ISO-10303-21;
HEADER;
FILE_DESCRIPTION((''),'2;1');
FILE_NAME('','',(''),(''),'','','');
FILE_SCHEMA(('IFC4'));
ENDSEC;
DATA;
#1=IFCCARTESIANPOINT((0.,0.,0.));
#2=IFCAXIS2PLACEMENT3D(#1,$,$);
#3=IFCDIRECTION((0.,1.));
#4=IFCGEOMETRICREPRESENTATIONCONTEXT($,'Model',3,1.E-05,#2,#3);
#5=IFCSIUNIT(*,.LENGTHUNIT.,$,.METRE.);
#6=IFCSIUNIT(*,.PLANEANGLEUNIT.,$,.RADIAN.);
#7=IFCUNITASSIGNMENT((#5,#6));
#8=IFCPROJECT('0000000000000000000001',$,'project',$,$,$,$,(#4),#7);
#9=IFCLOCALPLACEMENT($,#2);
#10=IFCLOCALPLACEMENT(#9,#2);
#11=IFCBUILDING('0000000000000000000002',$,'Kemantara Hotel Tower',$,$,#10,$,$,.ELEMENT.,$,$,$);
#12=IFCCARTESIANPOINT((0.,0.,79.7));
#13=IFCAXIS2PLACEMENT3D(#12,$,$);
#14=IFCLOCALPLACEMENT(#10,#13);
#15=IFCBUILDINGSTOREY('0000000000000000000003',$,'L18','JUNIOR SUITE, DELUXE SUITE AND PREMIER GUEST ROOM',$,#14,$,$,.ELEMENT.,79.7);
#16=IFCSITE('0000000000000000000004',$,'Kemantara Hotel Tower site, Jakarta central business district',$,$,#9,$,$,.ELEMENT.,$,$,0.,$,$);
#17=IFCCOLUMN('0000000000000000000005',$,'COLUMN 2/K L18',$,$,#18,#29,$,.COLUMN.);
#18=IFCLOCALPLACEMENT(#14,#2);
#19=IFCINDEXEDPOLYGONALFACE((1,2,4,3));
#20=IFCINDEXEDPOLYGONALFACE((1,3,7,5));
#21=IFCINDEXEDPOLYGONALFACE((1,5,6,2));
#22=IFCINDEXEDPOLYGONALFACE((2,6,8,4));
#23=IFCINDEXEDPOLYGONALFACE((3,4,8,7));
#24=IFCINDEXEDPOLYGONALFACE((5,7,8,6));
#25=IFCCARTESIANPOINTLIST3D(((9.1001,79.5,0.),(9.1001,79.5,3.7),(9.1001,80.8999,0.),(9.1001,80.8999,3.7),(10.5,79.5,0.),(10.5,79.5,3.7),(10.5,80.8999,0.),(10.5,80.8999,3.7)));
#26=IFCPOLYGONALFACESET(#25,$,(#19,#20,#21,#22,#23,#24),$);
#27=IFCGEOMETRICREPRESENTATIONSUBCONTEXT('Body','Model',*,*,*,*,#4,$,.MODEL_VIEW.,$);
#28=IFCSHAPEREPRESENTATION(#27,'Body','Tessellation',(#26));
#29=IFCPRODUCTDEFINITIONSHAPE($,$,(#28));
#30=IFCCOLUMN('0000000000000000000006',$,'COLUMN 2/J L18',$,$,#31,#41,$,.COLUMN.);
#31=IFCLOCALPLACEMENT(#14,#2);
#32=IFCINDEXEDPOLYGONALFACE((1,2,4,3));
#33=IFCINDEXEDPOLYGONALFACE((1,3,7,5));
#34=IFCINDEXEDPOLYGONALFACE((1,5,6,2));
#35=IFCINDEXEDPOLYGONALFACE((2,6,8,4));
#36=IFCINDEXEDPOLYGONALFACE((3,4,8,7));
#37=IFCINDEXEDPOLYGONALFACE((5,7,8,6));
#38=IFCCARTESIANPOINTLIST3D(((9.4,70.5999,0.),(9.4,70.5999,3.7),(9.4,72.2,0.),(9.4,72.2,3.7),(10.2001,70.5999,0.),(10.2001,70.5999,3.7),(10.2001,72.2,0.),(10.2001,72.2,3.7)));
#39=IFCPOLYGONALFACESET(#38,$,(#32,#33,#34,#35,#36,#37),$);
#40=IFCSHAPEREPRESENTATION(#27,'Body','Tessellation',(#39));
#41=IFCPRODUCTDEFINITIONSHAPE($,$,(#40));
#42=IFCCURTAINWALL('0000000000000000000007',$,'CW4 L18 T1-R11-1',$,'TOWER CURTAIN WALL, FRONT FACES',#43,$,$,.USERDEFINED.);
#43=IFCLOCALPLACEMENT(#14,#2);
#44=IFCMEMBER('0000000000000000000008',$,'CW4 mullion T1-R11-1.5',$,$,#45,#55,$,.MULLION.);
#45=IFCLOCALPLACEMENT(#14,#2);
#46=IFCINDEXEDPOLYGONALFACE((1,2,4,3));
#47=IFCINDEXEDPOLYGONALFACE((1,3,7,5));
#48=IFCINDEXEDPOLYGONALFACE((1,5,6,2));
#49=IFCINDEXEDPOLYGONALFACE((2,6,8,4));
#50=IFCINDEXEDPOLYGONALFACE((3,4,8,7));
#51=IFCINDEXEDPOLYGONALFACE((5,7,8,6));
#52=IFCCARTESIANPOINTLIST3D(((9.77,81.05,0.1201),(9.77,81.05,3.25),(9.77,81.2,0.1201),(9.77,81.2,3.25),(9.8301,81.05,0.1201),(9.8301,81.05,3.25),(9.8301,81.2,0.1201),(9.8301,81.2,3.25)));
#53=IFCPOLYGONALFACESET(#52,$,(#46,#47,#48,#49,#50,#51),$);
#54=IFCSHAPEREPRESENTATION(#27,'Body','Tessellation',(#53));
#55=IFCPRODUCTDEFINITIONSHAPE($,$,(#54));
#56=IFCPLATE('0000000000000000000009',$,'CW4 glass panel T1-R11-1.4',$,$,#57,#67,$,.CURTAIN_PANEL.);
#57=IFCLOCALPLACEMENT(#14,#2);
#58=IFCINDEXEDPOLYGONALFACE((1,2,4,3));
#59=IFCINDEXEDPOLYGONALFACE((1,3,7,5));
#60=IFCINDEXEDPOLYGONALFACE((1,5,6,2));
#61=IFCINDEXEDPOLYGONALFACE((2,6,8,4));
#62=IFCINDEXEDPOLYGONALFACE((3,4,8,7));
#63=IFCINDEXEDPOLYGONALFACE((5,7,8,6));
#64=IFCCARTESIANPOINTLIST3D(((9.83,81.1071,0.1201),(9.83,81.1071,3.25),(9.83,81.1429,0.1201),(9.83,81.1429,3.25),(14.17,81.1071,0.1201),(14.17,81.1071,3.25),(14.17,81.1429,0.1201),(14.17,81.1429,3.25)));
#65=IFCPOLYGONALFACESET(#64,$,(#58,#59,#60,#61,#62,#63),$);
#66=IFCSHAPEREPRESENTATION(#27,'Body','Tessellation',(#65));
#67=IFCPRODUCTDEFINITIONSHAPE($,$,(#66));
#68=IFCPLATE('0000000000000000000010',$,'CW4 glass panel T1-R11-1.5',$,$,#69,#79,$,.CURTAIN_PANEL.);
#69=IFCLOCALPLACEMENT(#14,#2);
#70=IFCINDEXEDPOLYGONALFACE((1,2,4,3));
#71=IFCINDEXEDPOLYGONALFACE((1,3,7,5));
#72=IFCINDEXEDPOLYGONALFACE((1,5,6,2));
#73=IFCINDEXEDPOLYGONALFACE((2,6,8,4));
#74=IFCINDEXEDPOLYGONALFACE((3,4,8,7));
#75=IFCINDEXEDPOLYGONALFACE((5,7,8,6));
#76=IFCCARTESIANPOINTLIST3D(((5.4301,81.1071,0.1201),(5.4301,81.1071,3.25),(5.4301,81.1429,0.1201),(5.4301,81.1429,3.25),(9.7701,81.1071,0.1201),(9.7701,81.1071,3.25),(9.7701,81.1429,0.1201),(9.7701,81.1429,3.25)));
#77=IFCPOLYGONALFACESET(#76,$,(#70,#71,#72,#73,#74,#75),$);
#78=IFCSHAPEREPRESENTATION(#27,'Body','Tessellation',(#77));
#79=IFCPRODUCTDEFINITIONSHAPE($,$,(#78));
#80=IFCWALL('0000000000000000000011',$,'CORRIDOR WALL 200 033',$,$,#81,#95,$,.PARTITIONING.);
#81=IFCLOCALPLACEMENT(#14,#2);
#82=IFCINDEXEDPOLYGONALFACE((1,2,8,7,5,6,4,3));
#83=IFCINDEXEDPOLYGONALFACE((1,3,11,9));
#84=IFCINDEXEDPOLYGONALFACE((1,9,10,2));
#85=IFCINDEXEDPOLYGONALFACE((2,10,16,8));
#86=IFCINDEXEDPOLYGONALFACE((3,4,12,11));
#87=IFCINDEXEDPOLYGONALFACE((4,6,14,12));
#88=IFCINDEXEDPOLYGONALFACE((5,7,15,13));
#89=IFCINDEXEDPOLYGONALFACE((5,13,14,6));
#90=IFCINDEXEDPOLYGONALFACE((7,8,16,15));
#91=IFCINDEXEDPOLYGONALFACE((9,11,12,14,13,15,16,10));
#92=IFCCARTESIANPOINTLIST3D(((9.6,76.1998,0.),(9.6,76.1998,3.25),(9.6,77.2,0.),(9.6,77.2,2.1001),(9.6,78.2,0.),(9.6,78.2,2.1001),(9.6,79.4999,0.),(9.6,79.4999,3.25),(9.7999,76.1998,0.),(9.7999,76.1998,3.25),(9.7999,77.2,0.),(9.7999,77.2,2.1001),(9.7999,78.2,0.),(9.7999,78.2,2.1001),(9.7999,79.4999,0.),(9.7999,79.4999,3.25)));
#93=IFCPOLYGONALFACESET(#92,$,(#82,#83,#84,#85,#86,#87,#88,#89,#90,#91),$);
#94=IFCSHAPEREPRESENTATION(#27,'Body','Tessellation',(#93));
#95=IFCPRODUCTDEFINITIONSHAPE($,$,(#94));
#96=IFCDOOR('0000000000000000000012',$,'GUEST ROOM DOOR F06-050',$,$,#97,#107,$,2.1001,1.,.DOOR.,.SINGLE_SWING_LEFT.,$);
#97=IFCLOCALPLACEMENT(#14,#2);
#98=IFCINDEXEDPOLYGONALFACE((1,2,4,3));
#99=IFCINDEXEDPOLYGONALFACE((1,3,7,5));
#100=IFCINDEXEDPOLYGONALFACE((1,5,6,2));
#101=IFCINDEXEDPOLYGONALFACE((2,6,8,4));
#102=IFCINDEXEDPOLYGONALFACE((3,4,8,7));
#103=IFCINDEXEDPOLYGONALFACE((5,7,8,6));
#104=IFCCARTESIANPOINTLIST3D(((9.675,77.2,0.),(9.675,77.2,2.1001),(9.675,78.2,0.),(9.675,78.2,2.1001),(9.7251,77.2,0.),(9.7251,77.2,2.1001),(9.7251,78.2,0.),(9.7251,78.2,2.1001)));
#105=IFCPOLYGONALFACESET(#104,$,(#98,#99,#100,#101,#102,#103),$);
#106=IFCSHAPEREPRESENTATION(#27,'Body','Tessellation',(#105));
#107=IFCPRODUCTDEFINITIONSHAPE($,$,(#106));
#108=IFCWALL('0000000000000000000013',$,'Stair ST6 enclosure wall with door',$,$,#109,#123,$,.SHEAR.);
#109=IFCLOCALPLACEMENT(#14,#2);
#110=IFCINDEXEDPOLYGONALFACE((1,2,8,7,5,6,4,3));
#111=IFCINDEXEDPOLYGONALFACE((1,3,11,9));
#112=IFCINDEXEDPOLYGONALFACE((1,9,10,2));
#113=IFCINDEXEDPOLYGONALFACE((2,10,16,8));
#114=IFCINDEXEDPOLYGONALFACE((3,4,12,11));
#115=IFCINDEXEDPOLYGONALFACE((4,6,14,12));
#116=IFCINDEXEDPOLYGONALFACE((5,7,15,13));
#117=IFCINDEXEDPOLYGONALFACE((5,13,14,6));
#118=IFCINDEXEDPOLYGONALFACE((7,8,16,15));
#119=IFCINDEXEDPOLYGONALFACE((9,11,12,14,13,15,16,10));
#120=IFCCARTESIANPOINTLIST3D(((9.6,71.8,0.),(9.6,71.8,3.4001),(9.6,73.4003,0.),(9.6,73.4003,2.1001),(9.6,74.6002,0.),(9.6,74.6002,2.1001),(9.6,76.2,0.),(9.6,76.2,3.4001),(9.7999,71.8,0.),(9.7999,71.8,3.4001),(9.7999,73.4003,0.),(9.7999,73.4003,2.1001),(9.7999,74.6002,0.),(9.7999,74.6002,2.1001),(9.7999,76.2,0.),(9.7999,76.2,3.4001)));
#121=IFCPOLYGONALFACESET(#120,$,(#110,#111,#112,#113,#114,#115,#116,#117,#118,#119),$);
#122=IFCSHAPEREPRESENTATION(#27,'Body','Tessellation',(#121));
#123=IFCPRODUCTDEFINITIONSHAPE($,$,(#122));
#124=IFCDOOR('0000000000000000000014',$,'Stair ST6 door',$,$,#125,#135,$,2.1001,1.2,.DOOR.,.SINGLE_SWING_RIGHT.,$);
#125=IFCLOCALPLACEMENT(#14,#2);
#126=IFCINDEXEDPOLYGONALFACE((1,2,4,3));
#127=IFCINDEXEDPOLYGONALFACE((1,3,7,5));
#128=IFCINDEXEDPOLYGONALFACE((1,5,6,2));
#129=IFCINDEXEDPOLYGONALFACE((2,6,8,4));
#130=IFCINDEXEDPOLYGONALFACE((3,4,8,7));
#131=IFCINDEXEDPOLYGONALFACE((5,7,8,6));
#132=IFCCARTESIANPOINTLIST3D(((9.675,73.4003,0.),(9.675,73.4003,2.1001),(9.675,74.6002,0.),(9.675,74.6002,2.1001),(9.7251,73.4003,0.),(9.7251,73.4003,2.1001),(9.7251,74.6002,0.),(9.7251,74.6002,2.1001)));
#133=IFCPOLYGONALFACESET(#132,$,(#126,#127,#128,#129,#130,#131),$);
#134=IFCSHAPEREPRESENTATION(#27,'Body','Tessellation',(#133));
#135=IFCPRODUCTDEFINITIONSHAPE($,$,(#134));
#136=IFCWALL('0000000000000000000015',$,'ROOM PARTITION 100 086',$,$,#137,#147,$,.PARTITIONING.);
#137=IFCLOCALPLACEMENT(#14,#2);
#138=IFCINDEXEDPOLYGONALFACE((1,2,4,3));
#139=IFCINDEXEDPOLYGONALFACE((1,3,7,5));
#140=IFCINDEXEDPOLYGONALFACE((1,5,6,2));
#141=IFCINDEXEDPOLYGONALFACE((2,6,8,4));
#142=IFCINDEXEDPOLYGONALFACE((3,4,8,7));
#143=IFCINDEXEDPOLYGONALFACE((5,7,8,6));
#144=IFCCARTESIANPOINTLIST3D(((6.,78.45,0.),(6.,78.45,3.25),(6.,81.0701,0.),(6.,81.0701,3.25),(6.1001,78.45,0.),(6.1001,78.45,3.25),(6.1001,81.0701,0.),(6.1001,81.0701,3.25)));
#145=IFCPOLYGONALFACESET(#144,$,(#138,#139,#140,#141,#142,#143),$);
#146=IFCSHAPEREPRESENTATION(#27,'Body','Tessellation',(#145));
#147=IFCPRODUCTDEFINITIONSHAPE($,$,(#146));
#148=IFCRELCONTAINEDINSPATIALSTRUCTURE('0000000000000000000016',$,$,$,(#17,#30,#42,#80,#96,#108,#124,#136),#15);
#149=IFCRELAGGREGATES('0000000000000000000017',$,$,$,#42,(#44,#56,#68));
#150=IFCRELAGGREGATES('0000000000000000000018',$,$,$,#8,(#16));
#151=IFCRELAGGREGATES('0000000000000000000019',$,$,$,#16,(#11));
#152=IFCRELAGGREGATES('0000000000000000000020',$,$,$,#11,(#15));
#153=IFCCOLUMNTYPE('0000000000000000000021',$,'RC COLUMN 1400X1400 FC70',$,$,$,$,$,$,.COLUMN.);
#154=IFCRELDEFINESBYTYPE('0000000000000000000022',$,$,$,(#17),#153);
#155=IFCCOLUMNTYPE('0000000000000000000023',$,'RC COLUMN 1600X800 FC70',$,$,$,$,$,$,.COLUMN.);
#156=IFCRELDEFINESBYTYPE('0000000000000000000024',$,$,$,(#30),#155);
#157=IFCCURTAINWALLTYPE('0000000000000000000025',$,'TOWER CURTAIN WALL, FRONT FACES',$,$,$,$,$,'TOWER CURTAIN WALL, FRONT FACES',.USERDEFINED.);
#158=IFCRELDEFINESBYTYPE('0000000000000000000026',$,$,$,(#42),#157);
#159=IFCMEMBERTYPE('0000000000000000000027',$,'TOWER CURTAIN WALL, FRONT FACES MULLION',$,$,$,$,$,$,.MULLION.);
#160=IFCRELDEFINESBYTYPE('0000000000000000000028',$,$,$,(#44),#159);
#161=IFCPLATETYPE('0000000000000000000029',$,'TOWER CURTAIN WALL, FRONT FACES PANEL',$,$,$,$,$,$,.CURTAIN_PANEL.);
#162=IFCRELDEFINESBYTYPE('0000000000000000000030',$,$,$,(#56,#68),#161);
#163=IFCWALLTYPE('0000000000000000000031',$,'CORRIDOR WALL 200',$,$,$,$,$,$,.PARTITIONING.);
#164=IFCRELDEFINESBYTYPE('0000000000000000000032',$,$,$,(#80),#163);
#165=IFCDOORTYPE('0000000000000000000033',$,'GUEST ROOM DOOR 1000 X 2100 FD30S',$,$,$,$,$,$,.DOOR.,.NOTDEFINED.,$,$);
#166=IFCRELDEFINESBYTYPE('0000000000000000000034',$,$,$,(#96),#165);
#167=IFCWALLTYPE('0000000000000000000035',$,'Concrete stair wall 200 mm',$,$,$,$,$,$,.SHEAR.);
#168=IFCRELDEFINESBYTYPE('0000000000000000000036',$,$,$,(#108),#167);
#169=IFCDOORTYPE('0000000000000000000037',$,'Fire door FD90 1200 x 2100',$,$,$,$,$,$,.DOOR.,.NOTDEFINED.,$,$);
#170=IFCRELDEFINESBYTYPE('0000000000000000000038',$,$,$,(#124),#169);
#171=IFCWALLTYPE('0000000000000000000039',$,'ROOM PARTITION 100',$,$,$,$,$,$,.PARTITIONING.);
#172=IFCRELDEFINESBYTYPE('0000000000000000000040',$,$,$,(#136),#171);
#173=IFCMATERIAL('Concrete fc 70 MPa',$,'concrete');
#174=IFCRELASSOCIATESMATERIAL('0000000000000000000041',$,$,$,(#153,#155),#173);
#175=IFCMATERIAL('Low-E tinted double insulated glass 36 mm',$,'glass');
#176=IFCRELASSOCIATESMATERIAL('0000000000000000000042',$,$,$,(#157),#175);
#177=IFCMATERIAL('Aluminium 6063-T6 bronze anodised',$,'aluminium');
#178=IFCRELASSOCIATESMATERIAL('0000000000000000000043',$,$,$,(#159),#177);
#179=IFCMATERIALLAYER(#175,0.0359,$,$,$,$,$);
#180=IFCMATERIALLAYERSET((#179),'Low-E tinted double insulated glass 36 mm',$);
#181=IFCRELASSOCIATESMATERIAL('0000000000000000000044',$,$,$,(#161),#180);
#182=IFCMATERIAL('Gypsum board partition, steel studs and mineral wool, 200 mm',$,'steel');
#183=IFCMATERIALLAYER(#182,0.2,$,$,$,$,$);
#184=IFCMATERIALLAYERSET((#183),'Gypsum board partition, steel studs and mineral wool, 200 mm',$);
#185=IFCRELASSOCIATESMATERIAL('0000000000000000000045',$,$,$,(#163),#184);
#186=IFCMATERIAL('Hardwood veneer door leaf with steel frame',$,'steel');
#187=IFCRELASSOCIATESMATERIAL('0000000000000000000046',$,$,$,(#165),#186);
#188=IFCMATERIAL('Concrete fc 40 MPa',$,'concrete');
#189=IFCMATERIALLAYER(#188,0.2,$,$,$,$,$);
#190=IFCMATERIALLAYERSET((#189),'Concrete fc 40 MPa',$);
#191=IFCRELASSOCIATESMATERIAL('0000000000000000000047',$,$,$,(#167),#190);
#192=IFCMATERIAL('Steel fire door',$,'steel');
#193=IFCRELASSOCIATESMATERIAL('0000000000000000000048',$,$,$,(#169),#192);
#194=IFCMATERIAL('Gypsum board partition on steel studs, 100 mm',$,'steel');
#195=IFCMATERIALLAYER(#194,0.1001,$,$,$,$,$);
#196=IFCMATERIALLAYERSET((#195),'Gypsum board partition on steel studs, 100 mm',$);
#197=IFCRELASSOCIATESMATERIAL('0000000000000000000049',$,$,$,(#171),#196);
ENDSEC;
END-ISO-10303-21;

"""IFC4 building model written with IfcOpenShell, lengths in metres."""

from ifc_helpers import new_model, si_unit, direction, frame, frame_2d, origin, origin_2d, place, context, subcontext, project, spatial, rectangle, extrude, source, transform, mapped, material, layer, layer_set, material_profile, profile_set, type_object, element, fill, aggregate, save


model = new_model("IFC4")

# Units and contexts
model_context = context("Model", 3, precision=1e-05, world=origin(), true_north=direction((0.0, 1.0)))
body_context = subcontext(model_context, "Body", "Model", "MODEL_VIEW")
ifc_project = project(units=[si_unit("LENGTHUNIT", "METRE"), si_unit("PLANEANGLEUNIT", "RADIAN")], contexts=[model_context])

# Site, building, storey
site_placement = place(None, origin())
site = spatial("IfcSite", under=ifc_project, at=site_placement, Name="Kemantara Hotel Tower site, Jakarta central business district", CompositionType="ELEMENT", RefElevation=0.0)
building_placement = place(site_placement, origin())
building = spatial("IfcBuilding", under=site, at=building_placement, Name="Kemantara Hotel Tower", CompositionType="ELEMENT")
storey_placement = place(building_placement, frame((0.0, 0.0, 79.7)))
storey = spatial("IfcBuildingStorey", under=building, at=storey_placement, Name="L18", Description="JUNIOR SUITE, DELUXE SUITE AND PREMIER GUEST ROOM", CompositionType="ELEMENT", Elevation=79.7)

# Columns
ifc_material_1 = material(Name="Concrete fc 70 MPa", Category="concrete")
ifc_material_profile_1 = material_profile(ifc_material_1, rectangle(XDim=1.3999, YDim=1.3999, at=origin_2d()), Name="RC 1400X1400")
ifc_profile_set_1 = profile_set([ifc_material_profile_1], Name="Concrete fc 70 MPa")
column_type_1 = type_object("IfcColumnType", Name="RC COLUMN 1400X1400 FC70", PredefinedType="COLUMN", material=ifc_profile_set_1)
column_1_placement = place(storey_placement, frame((9.8, 80.2, 0.0), z_axis=(0.0, 0.0, 1.0), x_axis=(1.0, 0.0, 0.0)))
element("IfcColumn", 1, at=column_1_placement, inside=storey, type_object=column_type_1, Name="COLUMN 2/K L18", PredefinedType="COLUMN", context=body_context, shape_type="SweptSolid", body=[
    extrude(rectangle(XDim=1.3999, YDim=1.3999, at=origin_2d()), origin(), (0.0, 0.0, 1.0), 3.7),
])
ifc_material_profile_2 = material_profile(ifc_material_1, rectangle(XDim=1.6001, YDim=0.8, at=origin_2d()), Name="RC 1600X800")
ifc_profile_set_2 = profile_set([ifc_material_profile_2], Name="Concrete fc 70 MPa")
column_type_2 = type_object("IfcColumnType", Name="RC COLUMN 1600X800 FC70", PredefinedType="COLUMN", material=ifc_profile_set_2)
column_2_placement = place(storey_placement, frame((9.8, 71.3999, 0.0), z_axis=(0.0, 0.0, 1.0), x_axis=(0.0, 1.0, 0.0)))
element("IfcColumn", 2, at=column_2_placement, inside=storey, type_object=column_type_2, Name="COLUMN 2/J L18", PredefinedType="COLUMN", context=body_context, shape_type="SweptSolid", body=[
    extrude(rectangle(XDim=1.6001, YDim=0.8, at=origin_2d()), origin(), (0.0, 0.0, 1.0), 3.7),
])

# Curtain wall, member, plates
ifc_material_2 = material(Name="Low-E tinted double insulated glass 36 mm", Category="glass")
curtain_wall_type = type_object("IfcCurtainWallType", Name="TOWER CURTAIN WALL, FRONT FACES", ElementType="TOWER CURTAIN WALL, FRONT FACES", PredefinedType="USERDEFINED", material=ifc_material_2)
curtain_wall_placement = place(storey_placement, origin())
curtain_wall = element("IfcCurtainWall", 3, at=curtain_wall_placement, inside=storey, type_object=curtain_wall_type, Name="CW4 L18 T1-R11-1", ObjectType="TOWER CURTAIN WALL, FRONT FACES", PredefinedType="USERDEFINED")
ifc_material_3 = material(Name="Aluminium 6063-T6 bronze anodised", Category="aluminium")
ifc_material_profile_3 = material_profile(ifc_material_3, rectangle(XDim=0.1499, YDim=0.0601, at=origin_2d()), Name="TOWER CURTAIN WALL, FRONT FACES MULLION")
ifc_profile_set_3 = profile_set([ifc_material_profile_3], Name="Aluminium 6063-T6 bronze anodised")
member_type = type_object("IfcMemberType", Name="TOWER CURTAIN WALL, FRONT FACES MULLION", PredefinedType="MULLION", material=ifc_profile_set_3)
shared_shape_1 = source(origin(), body_context, "Body", "SweptSolid", [
    extrude(rectangle(XDim=0.1499, YDim=0.0601, at=origin_2d()), origin(), (0.0, 0.0, 1.0), 3.1299),
])
member_placement = place(storey_placement, frame((9.8, 81.125, 0.1201), z_axis=(0.0, 0.0, 1.0), x_axis=(0.0, -1.0, 0.0)))
member = element("IfcMember", 4, at=member_placement, type_object=member_type, Name="CW4 mullion T1-R11-1.5", PredefinedType="MULLION", context=body_context, shape_type="MappedRepresentation", body=[
    mapped(shared_shape_1, transform((0.0, 0.0, 0.0))),
])
ifc_layer_1 = layer(ifc_material_2, 0.0359)
ifc_layer_set_1 = layer_set([ifc_layer_1], Name="Low-E tinted double insulated glass 36 mm")
plate_type = type_object("IfcPlateType", Name="TOWER CURTAIN WALL, FRONT FACES PANEL", PredefinedType="CURTAIN_PANEL", material=ifc_layer_set_1)
shared_shape_2 = source(origin(), body_context, "Body", "SweptSolid", [
    extrude(rectangle(XDim=4.3401, YDim=0.0359, at=origin_2d()), origin(), (0.0, 0.0, 1.0), 3.1299),
])
plate_1_placement = place(storey_placement, frame((12.0, 81.125, 0.1201), z_axis=(0.0, 0.0, 1.0), x_axis=(-1.0, 0.0, 0.0)))
plate_1 = element("IfcPlate", 5, at=plate_1_placement, type_object=plate_type, Name="CW4 glass panel T1-R11-1.4", PredefinedType="CURTAIN_PANEL", context=body_context, shape_type="MappedRepresentation", body=[
    mapped(shared_shape_2, transform((0.0, 0.0, 0.0))),
])
plate_2_placement = place(storey_placement, frame((7.6001, 81.125, 0.1201), z_axis=(0.0, 0.0, 1.0), x_axis=(-1.0, 0.0, 0.0)))
plate_2 = element("IfcPlate", 6, at=plate_2_placement, type_object=plate_type, Name="CW4 glass panel T1-R11-1.5", PredefinedType="CURTAIN_PANEL", context=body_context, shape_type="MappedRepresentation", body=[
    mapped(shared_shape_2, transform((0.0, 0.0, 0.0))),
])
aggregate(curtain_wall, [member, plate_1, plate_2])

# Walls, openings, doors
ifc_material_4 = material(Name="Gypsum board partition, steel studs and mineral wool, 200 mm", Category="steel")
ifc_layer_2 = layer(ifc_material_4, 0.2)
ifc_layer_set_2 = layer_set([ifc_layer_2], Name="Gypsum board partition, steel studs and mineral wool, 200 mm")
wall_type_1 = type_object("IfcWallType", Name="CORRIDOR WALL 200", PredefinedType="PARTITIONING", material=ifc_layer_set_2)
wall_1_placement = place(storey_placement, frame((9.7, 76.2, 0.0), z_axis=(0.0, 0.0, 1.0), x_axis=(0.0, 1.0, 0.0)))
wall_1 = element("IfcWall", 7, at=wall_1_placement, inside=storey, type_object=wall_type_1, Name="CORRIDOR WALL 200 033", PredefinedType="PARTITIONING", context=body_context, shape_type="SweptSolid", body=[
    extrude(rectangle(XDim=3.3, YDim=0.2, at=frame_2d((1.6499, 0.0))), origin(), (0.0, 0.0, 1.0), 3.25),
])
opening_1_placement = place(wall_1_placement, frame((1.0, 0.0, 0.0)))
opening_1 = element("IfcOpeningElement", 8, at=opening_1_placement, cuts=wall_1, PredefinedType="OPENING", context=body_context, shape_type="SweptSolid", body=[
    extrude(rectangle(XDim=1.0, YDim=2.1001, at=frame_2d((0.5, 1.05))), frame((0.0, 0.1099, 0.0), z_axis=(0.0, -1.0, 0.0), x_axis=(1.0, 0.0, 0.0)), (0.0, 0.0, 1.0), 0.22),
])
ifc_material_5 = material(Name="Hardwood veneer door leaf with steel frame", Category="steel")
door_type_1 = type_object("IfcDoorType", Name="GUEST ROOM DOOR 1000 X 2100 FD30S", OperationType="NOTDEFINED", PredefinedType="DOOR", material=ifc_material_5)
door_1_placement = place(opening_1_placement, origin())
door_1 = element("IfcDoor", 9, at=door_1_placement, inside=storey, type_object=door_type_1, Name="GUEST ROOM DOOR F06-050", OperationType="SINGLE_SWING_LEFT", OverallHeight=2.1001, OverallWidth=1.0, PredefinedType="DOOR", context=body_context, shape_type="SweptSolid", body=[
    extrude(rectangle(XDim=1.0, YDim=2.1001, at=frame_2d((0.5, 1.05))), frame((0.0, 0.0249, 0.0), z_axis=(0.0, -1.0, 0.0), x_axis=(1.0, 0.0, 0.0)), (0.0, 0.0, 1.0), 0.05),
])
fill(opening_1, door_1)
ifc_material_6 = material(Name="Concrete fc 40 MPa", Category="concrete")
ifc_layer_3 = layer(ifc_material_6, 0.2)
ifc_layer_set_3 = layer_set([ifc_layer_3], Name="Concrete fc 40 MPa")
wall_type_2 = type_object("IfcWallType", Name="Concrete stair wall 200 mm", PredefinedType="SHEAR", material=ifc_layer_set_3)
wall_2_placement = place(storey_placement, frame((9.7, 71.8, 0.0), z_axis=(0.0, 0.0, 1.0), x_axis=(0.0, 1.0, 0.0)))
wall_2 = element("IfcWall", 10, at=wall_2_placement, inside=storey, type_object=wall_type_2, Name="Stair ST6 enclosure wall with door", PredefinedType="SHEAR", context=body_context, shape_type="SweptSolid", body=[
    extrude(rectangle(XDim=4.3999, YDim=0.2, at=frame_2d((2.2, 0.0))), origin(), (0.0, 0.0, 1.0), 3.4001),
])
opening_2_placement = place(wall_2_placement, frame((1.6001, 0.0, 0.0)))
opening_2 = element("IfcOpeningElement", 11, at=opening_2_placement, cuts=wall_2, PredefinedType="OPENING", context=body_context, shape_type="SweptSolid", body=[
    extrude(rectangle(XDim=1.2, YDim=2.1001, at=frame_2d((0.6001, 1.05))), frame((0.0, 0.1099, 0.0), z_axis=(0.0, -1.0, 0.0), x_axis=(1.0, 0.0, 0.0)), (0.0, 0.0, 1.0), 0.22),
])
ifc_material_7 = material(Name="Steel fire door", Category="steel")
door_type_2 = type_object("IfcDoorType", Name="Fire door FD90 1200 x 2100", OperationType="NOTDEFINED", PredefinedType="DOOR", material=ifc_material_7)
door_2_placement = place(opening_2_placement, origin())
door_2 = element("IfcDoor", 12, at=door_2_placement, inside=storey, type_object=door_type_2, Name="Stair ST6 door", OperationType="SINGLE_SWING_RIGHT", OverallHeight=2.1001, OverallWidth=1.2, PredefinedType="DOOR", context=body_context, shape_type="SweptSolid", body=[
    extrude(rectangle(XDim=1.2, YDim=2.1001, at=frame_2d((0.6001, 1.05))), frame((0.0, 0.0249, 0.0), z_axis=(0.0, -1.0, 0.0), x_axis=(1.0, 0.0, 0.0)), (0.0, 0.0, 1.0), 0.05),
])
fill(opening_2, door_2)

# Wall
ifc_material_8 = material(Name="Gypsum board partition on steel studs, 100 mm", Category="steel")
ifc_layer_4 = layer(ifc_material_8, 0.1001)
ifc_layer_set_4 = layer_set([ifc_layer_4], Name="Gypsum board partition on steel studs, 100 mm")
wall_type_3 = type_object("IfcWallType", Name="ROOM PARTITION 100", PredefinedType="PARTITIONING", material=ifc_layer_set_4)
wall_3_placement = place(storey_placement, frame((6.05, 78.45, 0.0), z_axis=(0.0, 0.0, 1.0), x_axis=(0.0, 1.0, 0.0)))
element("IfcWall", 13, at=wall_3_placement, inside=storey, type_object=wall_type_3, Name="ROOM PARTITION 100 086", PredefinedType="PARTITIONING", context=body_context, shape_type="SweptSolid", body=[
    extrude(rectangle(XDim=2.6201, YDim=0.1001, at=frame_2d((1.3101, 0.0))), origin(), (0.0, 0.0, 1.0), 3.25),
])

save(model, "model.ifc")
